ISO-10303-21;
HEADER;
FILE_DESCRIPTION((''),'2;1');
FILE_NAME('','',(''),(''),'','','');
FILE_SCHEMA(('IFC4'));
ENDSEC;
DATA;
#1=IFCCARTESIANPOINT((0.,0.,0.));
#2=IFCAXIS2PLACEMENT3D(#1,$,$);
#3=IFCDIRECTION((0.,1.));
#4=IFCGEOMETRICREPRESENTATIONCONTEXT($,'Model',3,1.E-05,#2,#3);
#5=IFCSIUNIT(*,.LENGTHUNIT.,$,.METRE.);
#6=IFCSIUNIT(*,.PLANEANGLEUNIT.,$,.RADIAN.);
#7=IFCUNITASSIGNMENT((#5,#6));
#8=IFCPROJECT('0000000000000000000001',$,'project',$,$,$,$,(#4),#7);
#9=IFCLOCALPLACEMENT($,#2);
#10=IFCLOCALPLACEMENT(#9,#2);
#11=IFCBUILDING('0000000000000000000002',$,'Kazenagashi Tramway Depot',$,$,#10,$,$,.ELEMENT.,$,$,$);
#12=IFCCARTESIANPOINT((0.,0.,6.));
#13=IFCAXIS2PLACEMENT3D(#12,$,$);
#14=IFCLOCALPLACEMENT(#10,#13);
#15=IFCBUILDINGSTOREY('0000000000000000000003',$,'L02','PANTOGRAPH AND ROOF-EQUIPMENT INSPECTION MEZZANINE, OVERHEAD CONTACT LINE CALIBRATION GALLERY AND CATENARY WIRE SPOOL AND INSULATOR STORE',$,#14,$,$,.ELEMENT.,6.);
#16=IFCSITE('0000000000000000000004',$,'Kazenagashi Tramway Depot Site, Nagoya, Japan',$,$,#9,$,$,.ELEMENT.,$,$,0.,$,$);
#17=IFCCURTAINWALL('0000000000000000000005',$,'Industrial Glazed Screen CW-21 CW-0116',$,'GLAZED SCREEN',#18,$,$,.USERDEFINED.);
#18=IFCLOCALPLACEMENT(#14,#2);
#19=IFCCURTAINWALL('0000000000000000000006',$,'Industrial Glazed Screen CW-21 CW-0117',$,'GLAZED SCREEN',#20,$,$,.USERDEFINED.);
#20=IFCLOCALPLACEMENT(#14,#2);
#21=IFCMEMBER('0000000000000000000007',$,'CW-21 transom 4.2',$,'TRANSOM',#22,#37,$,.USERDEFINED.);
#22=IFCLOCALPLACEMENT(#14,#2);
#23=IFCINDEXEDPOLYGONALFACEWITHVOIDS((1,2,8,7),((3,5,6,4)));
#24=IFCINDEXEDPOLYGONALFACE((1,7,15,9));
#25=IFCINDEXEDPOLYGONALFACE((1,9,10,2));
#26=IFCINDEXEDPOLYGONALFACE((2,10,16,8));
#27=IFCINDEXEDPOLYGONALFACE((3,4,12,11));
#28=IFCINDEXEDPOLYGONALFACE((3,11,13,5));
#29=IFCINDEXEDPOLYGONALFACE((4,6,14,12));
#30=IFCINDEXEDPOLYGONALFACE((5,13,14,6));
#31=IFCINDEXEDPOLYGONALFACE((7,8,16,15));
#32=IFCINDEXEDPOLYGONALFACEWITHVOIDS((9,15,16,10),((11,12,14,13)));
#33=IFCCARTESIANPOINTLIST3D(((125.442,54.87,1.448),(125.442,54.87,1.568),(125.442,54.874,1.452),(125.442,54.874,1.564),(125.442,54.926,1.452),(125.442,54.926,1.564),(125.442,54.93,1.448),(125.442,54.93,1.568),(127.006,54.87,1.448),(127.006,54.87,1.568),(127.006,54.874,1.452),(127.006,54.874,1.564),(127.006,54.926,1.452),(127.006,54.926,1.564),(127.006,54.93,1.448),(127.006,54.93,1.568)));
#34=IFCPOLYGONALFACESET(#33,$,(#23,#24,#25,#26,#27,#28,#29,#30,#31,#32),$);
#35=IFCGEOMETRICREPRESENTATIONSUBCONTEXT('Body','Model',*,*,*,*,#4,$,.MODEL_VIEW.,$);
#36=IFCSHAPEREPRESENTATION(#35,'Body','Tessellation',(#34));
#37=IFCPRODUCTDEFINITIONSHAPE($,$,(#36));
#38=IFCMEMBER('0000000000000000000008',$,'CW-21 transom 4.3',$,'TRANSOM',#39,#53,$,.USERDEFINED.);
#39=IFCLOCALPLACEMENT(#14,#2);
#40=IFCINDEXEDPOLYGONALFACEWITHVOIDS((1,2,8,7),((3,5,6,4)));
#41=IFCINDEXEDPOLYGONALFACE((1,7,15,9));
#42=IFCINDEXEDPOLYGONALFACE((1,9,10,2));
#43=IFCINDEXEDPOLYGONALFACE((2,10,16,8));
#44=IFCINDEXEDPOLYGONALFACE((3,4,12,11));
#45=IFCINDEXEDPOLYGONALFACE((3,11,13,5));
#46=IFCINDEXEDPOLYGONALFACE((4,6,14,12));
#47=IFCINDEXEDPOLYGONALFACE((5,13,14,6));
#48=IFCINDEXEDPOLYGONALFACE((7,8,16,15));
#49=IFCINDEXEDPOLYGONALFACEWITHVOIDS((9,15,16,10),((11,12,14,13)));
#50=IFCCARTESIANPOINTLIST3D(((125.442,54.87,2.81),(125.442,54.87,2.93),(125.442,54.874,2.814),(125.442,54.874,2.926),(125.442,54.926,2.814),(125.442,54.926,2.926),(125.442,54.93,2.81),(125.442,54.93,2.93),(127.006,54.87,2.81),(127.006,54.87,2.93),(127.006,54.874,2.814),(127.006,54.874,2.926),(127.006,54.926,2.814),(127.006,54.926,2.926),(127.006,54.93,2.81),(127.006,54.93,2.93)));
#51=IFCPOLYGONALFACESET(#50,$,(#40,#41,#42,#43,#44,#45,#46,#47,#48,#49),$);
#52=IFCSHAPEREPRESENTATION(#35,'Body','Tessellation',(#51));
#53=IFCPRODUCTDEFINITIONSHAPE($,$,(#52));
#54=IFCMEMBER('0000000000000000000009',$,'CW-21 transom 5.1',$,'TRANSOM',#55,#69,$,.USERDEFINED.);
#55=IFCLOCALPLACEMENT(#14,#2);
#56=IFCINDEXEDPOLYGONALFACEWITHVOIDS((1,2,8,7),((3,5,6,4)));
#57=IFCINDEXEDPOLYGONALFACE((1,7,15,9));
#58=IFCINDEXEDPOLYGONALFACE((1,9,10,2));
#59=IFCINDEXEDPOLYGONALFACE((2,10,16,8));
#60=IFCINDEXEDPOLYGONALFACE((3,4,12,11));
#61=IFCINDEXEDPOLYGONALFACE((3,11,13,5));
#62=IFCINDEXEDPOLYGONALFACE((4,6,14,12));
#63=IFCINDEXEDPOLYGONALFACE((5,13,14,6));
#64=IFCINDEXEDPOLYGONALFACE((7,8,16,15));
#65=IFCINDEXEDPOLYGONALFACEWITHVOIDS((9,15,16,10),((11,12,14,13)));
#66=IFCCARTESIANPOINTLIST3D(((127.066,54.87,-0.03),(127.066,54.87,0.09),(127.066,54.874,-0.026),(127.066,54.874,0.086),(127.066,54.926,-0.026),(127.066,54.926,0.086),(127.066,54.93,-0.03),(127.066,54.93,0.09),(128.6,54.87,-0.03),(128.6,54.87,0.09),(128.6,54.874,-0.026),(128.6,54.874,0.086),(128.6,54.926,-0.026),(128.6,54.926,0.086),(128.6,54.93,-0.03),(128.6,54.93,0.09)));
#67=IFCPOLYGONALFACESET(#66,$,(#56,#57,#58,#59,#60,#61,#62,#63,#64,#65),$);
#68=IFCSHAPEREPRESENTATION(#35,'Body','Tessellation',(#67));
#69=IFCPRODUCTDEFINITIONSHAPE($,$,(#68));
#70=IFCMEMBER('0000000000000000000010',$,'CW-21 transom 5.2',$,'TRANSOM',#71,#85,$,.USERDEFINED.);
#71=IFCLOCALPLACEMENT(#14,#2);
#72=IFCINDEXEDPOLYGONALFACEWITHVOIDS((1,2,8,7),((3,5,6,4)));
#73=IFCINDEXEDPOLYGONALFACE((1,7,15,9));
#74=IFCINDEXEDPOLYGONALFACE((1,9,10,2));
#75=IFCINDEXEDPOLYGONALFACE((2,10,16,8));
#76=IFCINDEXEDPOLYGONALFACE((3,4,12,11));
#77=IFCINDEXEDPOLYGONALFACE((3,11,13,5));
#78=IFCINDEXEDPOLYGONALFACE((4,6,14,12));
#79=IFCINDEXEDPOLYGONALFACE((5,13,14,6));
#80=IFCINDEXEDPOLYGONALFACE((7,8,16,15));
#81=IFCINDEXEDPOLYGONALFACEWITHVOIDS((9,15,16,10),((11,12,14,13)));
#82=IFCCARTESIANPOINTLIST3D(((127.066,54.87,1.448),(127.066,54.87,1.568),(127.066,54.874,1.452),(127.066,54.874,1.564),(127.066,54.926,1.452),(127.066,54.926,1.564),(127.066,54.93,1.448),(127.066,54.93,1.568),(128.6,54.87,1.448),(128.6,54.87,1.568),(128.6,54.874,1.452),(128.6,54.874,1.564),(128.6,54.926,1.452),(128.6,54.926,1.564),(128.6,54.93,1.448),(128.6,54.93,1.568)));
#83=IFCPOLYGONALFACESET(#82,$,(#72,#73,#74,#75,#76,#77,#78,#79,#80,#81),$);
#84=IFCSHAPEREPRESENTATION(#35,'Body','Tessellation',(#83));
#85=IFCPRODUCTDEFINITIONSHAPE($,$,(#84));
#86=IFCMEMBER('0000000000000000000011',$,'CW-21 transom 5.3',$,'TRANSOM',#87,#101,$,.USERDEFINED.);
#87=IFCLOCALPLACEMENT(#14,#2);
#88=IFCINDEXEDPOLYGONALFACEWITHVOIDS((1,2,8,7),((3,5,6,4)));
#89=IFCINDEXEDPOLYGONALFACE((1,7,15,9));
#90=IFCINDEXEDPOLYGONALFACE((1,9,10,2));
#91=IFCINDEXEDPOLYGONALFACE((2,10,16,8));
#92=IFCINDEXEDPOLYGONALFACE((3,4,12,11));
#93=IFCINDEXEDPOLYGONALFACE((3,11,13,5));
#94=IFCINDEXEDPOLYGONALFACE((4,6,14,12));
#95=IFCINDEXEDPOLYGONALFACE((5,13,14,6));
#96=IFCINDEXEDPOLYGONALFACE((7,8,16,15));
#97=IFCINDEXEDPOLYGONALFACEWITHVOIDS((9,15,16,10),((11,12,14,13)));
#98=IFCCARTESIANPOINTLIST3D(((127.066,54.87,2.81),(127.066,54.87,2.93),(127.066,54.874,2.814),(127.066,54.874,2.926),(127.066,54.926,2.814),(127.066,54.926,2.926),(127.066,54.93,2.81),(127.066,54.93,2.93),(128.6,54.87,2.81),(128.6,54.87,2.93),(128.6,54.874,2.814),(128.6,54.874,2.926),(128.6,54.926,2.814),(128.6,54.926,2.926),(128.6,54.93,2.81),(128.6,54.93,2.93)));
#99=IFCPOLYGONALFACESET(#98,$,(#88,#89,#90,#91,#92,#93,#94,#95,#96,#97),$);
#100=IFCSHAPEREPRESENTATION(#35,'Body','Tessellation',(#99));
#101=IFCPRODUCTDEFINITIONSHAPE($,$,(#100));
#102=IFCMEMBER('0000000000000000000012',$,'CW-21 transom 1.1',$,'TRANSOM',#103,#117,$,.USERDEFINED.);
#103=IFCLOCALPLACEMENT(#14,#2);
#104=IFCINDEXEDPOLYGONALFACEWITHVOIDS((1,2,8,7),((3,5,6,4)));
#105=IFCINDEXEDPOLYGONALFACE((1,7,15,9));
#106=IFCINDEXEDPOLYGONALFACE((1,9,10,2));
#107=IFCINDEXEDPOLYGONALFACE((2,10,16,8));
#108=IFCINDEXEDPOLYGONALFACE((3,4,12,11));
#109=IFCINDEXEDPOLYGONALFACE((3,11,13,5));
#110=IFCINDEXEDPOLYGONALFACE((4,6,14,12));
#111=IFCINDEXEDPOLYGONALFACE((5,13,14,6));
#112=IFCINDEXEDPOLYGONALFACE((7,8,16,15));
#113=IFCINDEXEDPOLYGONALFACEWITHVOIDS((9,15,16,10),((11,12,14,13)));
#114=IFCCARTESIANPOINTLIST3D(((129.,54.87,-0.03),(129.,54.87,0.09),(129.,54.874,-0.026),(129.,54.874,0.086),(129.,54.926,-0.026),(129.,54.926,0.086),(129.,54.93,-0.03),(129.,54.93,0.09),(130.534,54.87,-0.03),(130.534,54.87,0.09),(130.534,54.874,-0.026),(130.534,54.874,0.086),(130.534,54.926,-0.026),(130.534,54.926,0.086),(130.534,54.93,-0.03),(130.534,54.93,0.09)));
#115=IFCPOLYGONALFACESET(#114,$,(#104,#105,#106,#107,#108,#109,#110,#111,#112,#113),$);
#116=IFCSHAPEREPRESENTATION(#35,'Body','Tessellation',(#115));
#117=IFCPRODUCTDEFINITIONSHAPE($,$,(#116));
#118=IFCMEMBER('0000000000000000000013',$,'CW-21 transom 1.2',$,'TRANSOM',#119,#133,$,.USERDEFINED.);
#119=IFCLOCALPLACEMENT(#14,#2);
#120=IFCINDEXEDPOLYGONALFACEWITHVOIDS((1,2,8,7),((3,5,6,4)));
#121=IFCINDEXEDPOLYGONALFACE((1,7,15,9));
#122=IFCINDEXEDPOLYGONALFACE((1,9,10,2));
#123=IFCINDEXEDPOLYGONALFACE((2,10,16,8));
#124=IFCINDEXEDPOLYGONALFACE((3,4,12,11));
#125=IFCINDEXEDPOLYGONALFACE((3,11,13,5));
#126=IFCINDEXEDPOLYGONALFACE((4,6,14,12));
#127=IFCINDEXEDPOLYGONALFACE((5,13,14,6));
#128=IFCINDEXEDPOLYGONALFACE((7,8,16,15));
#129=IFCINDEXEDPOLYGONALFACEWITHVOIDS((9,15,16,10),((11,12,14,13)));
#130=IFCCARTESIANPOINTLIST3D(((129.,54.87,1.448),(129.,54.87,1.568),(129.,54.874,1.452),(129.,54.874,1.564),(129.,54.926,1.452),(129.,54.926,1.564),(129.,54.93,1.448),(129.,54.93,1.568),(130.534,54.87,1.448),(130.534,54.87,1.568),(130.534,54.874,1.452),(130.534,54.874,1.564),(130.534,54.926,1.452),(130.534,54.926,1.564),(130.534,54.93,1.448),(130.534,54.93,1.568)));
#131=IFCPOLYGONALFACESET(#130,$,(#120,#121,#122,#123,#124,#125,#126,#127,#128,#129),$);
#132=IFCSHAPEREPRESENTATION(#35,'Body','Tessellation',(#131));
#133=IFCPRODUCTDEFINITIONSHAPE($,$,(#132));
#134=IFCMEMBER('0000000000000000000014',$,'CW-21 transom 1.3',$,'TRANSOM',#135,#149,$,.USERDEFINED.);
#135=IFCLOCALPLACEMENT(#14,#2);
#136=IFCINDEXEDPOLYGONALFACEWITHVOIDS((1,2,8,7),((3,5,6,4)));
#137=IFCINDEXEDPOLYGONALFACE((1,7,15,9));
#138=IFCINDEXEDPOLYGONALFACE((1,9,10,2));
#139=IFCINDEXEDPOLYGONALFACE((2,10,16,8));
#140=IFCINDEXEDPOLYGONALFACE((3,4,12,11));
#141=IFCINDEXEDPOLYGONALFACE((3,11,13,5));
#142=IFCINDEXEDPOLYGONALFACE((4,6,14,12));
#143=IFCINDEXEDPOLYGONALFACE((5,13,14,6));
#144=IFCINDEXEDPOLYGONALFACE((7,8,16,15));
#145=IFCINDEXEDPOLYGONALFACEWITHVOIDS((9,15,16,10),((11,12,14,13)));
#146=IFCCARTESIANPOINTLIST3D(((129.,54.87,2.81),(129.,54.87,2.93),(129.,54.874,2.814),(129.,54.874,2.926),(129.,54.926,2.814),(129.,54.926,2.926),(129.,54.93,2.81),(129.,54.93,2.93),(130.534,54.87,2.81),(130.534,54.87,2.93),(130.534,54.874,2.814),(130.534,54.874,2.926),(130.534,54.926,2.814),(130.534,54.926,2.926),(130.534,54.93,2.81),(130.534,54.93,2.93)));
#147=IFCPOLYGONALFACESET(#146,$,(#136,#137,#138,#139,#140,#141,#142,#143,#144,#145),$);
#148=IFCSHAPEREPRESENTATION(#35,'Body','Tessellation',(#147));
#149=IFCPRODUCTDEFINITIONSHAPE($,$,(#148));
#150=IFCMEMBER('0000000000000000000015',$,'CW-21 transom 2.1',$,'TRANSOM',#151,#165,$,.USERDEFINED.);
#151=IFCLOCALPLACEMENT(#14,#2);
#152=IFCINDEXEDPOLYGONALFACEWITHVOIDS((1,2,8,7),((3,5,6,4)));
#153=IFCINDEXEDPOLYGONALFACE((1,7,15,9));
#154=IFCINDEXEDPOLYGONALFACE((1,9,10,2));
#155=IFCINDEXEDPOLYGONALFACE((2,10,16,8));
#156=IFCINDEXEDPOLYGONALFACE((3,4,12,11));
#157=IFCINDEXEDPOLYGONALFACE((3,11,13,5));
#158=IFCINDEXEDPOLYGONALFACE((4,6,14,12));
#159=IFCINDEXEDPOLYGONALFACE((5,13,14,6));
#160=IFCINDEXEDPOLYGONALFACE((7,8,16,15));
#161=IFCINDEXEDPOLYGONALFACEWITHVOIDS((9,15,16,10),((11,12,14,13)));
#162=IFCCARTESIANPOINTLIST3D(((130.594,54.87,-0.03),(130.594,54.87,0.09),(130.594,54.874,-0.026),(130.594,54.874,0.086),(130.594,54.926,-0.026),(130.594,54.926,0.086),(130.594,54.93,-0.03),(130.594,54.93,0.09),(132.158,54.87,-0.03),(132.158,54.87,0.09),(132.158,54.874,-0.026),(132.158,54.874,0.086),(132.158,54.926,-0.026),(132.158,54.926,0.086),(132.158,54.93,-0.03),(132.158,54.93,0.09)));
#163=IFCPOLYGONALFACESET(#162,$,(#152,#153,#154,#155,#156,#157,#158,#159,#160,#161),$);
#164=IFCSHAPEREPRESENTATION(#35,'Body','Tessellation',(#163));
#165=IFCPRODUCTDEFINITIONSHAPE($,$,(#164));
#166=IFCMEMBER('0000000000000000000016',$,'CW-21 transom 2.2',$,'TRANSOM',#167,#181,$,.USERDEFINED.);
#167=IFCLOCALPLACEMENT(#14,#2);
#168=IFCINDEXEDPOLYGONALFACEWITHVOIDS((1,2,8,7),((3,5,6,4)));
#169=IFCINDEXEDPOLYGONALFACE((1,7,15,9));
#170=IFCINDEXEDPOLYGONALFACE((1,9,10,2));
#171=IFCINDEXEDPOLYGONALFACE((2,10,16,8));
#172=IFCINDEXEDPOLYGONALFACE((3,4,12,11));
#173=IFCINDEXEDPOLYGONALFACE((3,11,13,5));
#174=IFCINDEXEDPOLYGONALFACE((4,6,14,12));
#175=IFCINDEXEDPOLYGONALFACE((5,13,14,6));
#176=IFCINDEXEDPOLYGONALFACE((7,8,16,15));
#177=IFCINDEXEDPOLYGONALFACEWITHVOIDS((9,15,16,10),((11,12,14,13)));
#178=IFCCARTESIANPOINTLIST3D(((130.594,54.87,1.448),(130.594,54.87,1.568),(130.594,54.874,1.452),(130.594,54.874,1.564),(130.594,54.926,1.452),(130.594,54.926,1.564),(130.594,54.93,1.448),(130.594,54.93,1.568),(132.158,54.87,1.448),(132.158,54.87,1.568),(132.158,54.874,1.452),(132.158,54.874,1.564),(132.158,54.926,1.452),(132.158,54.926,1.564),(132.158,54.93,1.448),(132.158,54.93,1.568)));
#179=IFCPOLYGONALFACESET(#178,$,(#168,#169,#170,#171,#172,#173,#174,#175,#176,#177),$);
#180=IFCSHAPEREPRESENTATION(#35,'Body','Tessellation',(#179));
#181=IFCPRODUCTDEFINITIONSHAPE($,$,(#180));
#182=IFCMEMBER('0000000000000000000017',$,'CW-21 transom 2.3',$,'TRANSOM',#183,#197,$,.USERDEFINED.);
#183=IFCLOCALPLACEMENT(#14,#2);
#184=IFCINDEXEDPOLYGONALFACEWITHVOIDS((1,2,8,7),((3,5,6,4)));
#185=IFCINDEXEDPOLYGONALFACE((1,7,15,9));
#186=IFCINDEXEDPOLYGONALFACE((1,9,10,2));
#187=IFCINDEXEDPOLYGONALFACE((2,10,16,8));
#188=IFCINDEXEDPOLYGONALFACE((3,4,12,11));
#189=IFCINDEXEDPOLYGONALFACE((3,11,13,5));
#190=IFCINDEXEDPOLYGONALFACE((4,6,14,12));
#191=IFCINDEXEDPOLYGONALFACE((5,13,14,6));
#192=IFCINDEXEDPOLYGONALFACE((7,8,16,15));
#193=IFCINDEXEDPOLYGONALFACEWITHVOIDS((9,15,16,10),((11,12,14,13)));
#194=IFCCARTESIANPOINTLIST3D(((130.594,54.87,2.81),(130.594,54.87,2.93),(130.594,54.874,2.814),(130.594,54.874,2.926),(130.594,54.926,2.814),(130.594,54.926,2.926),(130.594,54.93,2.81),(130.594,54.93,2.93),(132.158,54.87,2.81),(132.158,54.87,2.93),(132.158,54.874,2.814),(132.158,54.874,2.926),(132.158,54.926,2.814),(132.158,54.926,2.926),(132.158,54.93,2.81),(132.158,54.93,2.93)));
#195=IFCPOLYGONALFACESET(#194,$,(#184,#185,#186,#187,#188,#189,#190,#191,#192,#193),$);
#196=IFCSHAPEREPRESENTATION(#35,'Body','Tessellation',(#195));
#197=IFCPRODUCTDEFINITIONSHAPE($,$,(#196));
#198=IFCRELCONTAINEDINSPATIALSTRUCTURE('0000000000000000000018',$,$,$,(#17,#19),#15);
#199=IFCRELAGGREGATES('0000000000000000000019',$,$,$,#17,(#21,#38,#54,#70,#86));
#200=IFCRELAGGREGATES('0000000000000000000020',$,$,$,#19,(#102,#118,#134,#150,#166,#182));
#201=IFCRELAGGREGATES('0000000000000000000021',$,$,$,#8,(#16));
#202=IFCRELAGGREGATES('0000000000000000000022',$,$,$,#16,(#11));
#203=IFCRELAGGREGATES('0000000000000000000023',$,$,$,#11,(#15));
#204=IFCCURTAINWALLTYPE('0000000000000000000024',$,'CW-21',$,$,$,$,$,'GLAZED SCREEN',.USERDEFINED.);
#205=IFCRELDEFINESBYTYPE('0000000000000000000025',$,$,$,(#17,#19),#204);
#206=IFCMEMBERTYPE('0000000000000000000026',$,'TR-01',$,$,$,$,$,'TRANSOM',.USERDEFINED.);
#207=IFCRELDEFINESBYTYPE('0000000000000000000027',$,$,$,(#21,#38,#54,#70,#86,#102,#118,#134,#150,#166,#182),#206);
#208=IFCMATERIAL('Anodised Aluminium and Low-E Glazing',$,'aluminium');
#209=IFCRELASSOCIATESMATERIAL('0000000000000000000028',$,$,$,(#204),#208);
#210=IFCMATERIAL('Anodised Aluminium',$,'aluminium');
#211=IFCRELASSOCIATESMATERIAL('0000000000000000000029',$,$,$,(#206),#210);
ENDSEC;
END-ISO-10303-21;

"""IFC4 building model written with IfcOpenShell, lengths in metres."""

from ifc_helpers import new_model, si_unit, direction, frame, origin, origin_2d, place, context, subcontext, project, spatial, hollow_rectangle, extrude, material, material_profile, profile_set, type_object, element, aggregate, save


model = new_model("IFC4")

# Units and contexts
model_context = context("Model", 3, precision=1e-05, world=origin(), true_north=direction((0.0, 1.0)))
body_context = subcontext(model_context, "Body", "Model", "MODEL_VIEW")
ifc_project = project(units=[si_unit("LENGTHUNIT", "METRE"), si_unit("PLANEANGLEUNIT", "RADIAN")], contexts=[model_context])

# Site, building, storey
site_placement = place(None, origin())
site = spatial("IfcSite", under=ifc_project, at=site_placement, Name="Kazenagashi Tramway Depot Site, Nagoya, Japan", CompositionType="ELEMENT", RefElevation=0.0)
building_placement = place(site_placement, origin())
building = spatial("IfcBuilding", under=site, at=building_placement, Name="Kazenagashi Tramway Depot", CompositionType="ELEMENT")
storey_placement = place(building_placement, frame((0.0, 0.0, 6.0)))
storey = spatial("IfcBuildingStorey", under=building, at=storey_placement, Name="L02", Description="PANTOGRAPH AND ROOF-EQUIPMENT INSPECTION MEZZANINE, OVERHEAD CONTACT LINE CALIBRATION GALLERY AND CATENARY WIRE SPOOL AND INSULATOR STORE", CompositionType="ELEMENT", Elevation=6.0)

# Curtain walls
ifc_material_1 = material(Name="Anodised Aluminium and Low-E Glazing", Category="aluminium")
curtain_wall_type = type_object("IfcCurtainWallType", Name="CW-21", ElementType="GLAZED SCREEN", PredefinedType="USERDEFINED", material=ifc_material_1)
curtain_wall_1_placement = place(storey_placement, origin())
curtain_wall_1 = element("IfcCurtainWall", 1, at=curtain_wall_1_placement, inside=storey, type_object=curtain_wall_type, Name="Industrial Glazed Screen CW-21 CW-0116", ObjectType="GLAZED SCREEN", PredefinedType="USERDEFINED")
ifc_material_2 = material(Name="Anodised Aluminium", Category="aluminium")
curtain_wall_2_placement = place(storey_placement, origin())
curtain_wall_2 = element("IfcCurtainWall", 2, at=curtain_wall_2_placement, inside=storey, type_object=curtain_wall_type, Name="Industrial Glazed Screen CW-21 CW-0117", ObjectType="GLAZED SCREEN", PredefinedType="USERDEFINED")

# Members
ifc_material_profile_1 = material_profile(ifc_material_2, hollow_rectangle(XDim=0.06, YDim=0.12, WallThickness=0.004, at=origin_2d()), Name="RHS-120x60x4")
ifc_profile_set_1 = profile_set([ifc_material_profile_1], Name="Anodised Aluminium")
member_type_1 = type_object("IfcMemberType", Name="TR-01", ElementType="TRANSOM", PredefinedType="USERDEFINED", material=ifc_profile_set_1)
member_1_placement = place(storey_placement, frame((125.442, 54.9, 1.508), z_axis=(1.0, 0.0, 0.0), x_axis=(0.0, 1.0, 0.0)))
member_1 = element("IfcMember", 3, at=member_1_placement, type_object=member_type_1, Name="CW-21 transom 4.2", ObjectType="TRANSOM", PredefinedType="USERDEFINED", context=body_context, shape_type="SweptSolid", body=[
    extrude(hollow_rectangle(XDim=0.06, YDim=0.12, WallThickness=0.004, at=origin_2d()), origin(), (0.0, 0.0, 1.0), 1.564),
])
member_2_placement = place(storey_placement, frame((125.442, 54.9, 2.87), z_axis=(1.0, 0.0, 0.0), x_axis=(0.0, 1.0, 0.0)))
member_2 = element("IfcMember", 4, at=member_2_placement, type_object=member_type_1, Name="CW-21 transom 4.3", ObjectType="TRANSOM", PredefinedType="USERDEFINED", context=body_context, shape_type="SweptSolid", body=[
    extrude(hollow_rectangle(XDim=0.06, YDim=0.12, WallThickness=0.004, at=origin_2d()), origin(), (0.0, 0.0, 1.0), 1.564),
])
member_3_placement = place(storey_placement, frame((127.066, 54.9, 0.03), z_axis=(1.0, 0.0, 0.0), x_axis=(0.0, 1.0, 0.0)))
member_3 = element("IfcMember", 5, at=member_3_placement, type_object=member_type_1, Name="CW-21 transom 5.1", ObjectType="TRANSOM", PredefinedType="USERDEFINED", context=body_context, shape_type="SweptSolid", body=[
    extrude(hollow_rectangle(XDim=0.06, YDim=0.12, WallThickness=0.004, at=origin_2d()), origin(), (0.0, 0.0, 1.0), 1.534),
])
member_4_placement = place(storey_placement, frame((127.066, 54.9, 1.508), z_axis=(1.0, 0.0, 0.0), x_axis=(0.0, 1.0, 0.0)))
member_4 = element("IfcMember", 6, at=member_4_placement, type_object=member_type_1, Name="CW-21 transom 5.2", ObjectType="TRANSOM", PredefinedType="USERDEFINED", context=body_context, shape_type="SweptSolid", body=[
    extrude(hollow_rectangle(XDim=0.06, YDim=0.12, WallThickness=0.004, at=origin_2d()), origin(), (0.0, 0.0, 1.0), 1.534),
])
member_5_placement = place(storey_placement, frame((127.066, 54.9, 2.87), z_axis=(1.0, 0.0, 0.0), x_axis=(0.0, 1.0, 0.0)))
member_5 = element("IfcMember", 7, at=member_5_placement, type_object=member_type_1, Name="CW-21 transom 5.3", ObjectType="TRANSOM", PredefinedType="USERDEFINED", context=body_context, shape_type="SweptSolid", body=[
    extrude(hollow_rectangle(XDim=0.06, YDim=0.12, WallThickness=0.004, at=origin_2d()), origin(), (0.0, 0.0, 1.0), 1.534),
])
member_6_placement = place(storey_placement, frame((129.0, 54.9, 0.03), z_axis=(1.0, 0.0, 0.0), x_axis=(0.0, 1.0, 0.0)))
member_6 = element("IfcMember", 8, at=member_6_placement, type_object=member_type_1, Name="CW-21 transom 1.1", ObjectType="TRANSOM", PredefinedType="USERDEFINED", context=body_context, shape_type="SweptSolid", body=[
    extrude(hollow_rectangle(XDim=0.06, YDim=0.12, WallThickness=0.004, at=origin_2d()), origin(), (0.0, 0.0, 1.0), 1.534),
])
member_7_placement = place(storey_placement, frame((129.0, 54.9, 1.508), z_axis=(1.0, 0.0, 0.0), x_axis=(0.0, 1.0, 0.0)))
member_7 = element("IfcMember", 9, at=member_7_placement, type_object=member_type_1, Name="CW-21 transom 1.2", ObjectType="TRANSOM", PredefinedType="USERDEFINED", context=body_context, shape_type="SweptSolid", body=[
    extrude(hollow_rectangle(XDim=0.06, YDim=0.12, WallThickness=0.004, at=origin_2d()), origin(), (0.0, 0.0, 1.0), 1.534),
])
member_8_placement = place(storey_placement, frame((129.0, 54.9, 2.87), z_axis=(1.0, 0.0, 0.0), x_axis=(0.0, 1.0, 0.0)))
member_8 = element("IfcMember", 10, at=member_8_placement, type_object=member_type_1, Name="CW-21 transom 1.3", ObjectType="TRANSOM", PredefinedType="USERDEFINED", context=body_context, shape_type="SweptSolid", body=[
    extrude(hollow_rectangle(XDim=0.06, YDim=0.12, WallThickness=0.004, at=origin_2d()), origin(), (0.0, 0.0, 1.0), 1.534),
])
member_9_placement = place(storey_placement, frame((130.594, 54.9, 0.03), z_axis=(1.0, 0.0, 0.0), x_axis=(0.0, 1.0, 0.0)))
member_9 = element("IfcMember", 11, at=member_9_placement, type_object=member_type_1, Name="CW-21 transom 2.1", ObjectType="TRANSOM", PredefinedType="USERDEFINED", context=body_context, shape_type="SweptSolid", body=[
    extrude(hollow_rectangle(XDim=0.06, YDim=0.12, WallThickness=0.004, at=origin_2d()), origin(), (0.0, 0.0, 1.0), 1.564),
])
member_10_placement = place(storey_placement, frame((130.594, 54.9, 1.508), z_axis=(1.0, 0.0, 0.0), x_axis=(0.0, 1.0, 0.0)))
member_10 = element("IfcMember", 12, at=member_10_placement, type_object=member_type_1, Name="CW-21 transom 2.2", ObjectType="TRANSOM", PredefinedType="USERDEFINED", context=body_context, shape_type="SweptSolid", body=[
    extrude(hollow_rectangle(XDim=0.06, YDim=0.12, WallThickness=0.004, at=origin_2d()), origin(), (0.0, 0.0, 1.0), 1.564),
])
member_11_placement = place(storey_placement, frame((130.594, 54.9, 2.87), z_axis=(1.0, 0.0, 0.0), x_axis=(0.0, 1.0, 0.0)))
member_11 = element("IfcMember", 13, at=member_11_placement, type_object=member_type_1, Name="CW-21 transom 2.3", ObjectType="TRANSOM", PredefinedType="USERDEFINED", context=body_context, shape_type="SweptSolid", body=[
    extrude(hollow_rectangle(XDim=0.06, YDim=0.12, WallThickness=0.004, at=origin_2d()), origin(), (0.0, 0.0, 1.0), 1.564),
])

aggregate(curtain_wall_1, [member_1, member_2, member_3, member_4, member_5])
aggregate(curtain_wall_2, [member_6, member_7, member_8, member_9, member_10, member_11])

save(model, "model.ifc")
